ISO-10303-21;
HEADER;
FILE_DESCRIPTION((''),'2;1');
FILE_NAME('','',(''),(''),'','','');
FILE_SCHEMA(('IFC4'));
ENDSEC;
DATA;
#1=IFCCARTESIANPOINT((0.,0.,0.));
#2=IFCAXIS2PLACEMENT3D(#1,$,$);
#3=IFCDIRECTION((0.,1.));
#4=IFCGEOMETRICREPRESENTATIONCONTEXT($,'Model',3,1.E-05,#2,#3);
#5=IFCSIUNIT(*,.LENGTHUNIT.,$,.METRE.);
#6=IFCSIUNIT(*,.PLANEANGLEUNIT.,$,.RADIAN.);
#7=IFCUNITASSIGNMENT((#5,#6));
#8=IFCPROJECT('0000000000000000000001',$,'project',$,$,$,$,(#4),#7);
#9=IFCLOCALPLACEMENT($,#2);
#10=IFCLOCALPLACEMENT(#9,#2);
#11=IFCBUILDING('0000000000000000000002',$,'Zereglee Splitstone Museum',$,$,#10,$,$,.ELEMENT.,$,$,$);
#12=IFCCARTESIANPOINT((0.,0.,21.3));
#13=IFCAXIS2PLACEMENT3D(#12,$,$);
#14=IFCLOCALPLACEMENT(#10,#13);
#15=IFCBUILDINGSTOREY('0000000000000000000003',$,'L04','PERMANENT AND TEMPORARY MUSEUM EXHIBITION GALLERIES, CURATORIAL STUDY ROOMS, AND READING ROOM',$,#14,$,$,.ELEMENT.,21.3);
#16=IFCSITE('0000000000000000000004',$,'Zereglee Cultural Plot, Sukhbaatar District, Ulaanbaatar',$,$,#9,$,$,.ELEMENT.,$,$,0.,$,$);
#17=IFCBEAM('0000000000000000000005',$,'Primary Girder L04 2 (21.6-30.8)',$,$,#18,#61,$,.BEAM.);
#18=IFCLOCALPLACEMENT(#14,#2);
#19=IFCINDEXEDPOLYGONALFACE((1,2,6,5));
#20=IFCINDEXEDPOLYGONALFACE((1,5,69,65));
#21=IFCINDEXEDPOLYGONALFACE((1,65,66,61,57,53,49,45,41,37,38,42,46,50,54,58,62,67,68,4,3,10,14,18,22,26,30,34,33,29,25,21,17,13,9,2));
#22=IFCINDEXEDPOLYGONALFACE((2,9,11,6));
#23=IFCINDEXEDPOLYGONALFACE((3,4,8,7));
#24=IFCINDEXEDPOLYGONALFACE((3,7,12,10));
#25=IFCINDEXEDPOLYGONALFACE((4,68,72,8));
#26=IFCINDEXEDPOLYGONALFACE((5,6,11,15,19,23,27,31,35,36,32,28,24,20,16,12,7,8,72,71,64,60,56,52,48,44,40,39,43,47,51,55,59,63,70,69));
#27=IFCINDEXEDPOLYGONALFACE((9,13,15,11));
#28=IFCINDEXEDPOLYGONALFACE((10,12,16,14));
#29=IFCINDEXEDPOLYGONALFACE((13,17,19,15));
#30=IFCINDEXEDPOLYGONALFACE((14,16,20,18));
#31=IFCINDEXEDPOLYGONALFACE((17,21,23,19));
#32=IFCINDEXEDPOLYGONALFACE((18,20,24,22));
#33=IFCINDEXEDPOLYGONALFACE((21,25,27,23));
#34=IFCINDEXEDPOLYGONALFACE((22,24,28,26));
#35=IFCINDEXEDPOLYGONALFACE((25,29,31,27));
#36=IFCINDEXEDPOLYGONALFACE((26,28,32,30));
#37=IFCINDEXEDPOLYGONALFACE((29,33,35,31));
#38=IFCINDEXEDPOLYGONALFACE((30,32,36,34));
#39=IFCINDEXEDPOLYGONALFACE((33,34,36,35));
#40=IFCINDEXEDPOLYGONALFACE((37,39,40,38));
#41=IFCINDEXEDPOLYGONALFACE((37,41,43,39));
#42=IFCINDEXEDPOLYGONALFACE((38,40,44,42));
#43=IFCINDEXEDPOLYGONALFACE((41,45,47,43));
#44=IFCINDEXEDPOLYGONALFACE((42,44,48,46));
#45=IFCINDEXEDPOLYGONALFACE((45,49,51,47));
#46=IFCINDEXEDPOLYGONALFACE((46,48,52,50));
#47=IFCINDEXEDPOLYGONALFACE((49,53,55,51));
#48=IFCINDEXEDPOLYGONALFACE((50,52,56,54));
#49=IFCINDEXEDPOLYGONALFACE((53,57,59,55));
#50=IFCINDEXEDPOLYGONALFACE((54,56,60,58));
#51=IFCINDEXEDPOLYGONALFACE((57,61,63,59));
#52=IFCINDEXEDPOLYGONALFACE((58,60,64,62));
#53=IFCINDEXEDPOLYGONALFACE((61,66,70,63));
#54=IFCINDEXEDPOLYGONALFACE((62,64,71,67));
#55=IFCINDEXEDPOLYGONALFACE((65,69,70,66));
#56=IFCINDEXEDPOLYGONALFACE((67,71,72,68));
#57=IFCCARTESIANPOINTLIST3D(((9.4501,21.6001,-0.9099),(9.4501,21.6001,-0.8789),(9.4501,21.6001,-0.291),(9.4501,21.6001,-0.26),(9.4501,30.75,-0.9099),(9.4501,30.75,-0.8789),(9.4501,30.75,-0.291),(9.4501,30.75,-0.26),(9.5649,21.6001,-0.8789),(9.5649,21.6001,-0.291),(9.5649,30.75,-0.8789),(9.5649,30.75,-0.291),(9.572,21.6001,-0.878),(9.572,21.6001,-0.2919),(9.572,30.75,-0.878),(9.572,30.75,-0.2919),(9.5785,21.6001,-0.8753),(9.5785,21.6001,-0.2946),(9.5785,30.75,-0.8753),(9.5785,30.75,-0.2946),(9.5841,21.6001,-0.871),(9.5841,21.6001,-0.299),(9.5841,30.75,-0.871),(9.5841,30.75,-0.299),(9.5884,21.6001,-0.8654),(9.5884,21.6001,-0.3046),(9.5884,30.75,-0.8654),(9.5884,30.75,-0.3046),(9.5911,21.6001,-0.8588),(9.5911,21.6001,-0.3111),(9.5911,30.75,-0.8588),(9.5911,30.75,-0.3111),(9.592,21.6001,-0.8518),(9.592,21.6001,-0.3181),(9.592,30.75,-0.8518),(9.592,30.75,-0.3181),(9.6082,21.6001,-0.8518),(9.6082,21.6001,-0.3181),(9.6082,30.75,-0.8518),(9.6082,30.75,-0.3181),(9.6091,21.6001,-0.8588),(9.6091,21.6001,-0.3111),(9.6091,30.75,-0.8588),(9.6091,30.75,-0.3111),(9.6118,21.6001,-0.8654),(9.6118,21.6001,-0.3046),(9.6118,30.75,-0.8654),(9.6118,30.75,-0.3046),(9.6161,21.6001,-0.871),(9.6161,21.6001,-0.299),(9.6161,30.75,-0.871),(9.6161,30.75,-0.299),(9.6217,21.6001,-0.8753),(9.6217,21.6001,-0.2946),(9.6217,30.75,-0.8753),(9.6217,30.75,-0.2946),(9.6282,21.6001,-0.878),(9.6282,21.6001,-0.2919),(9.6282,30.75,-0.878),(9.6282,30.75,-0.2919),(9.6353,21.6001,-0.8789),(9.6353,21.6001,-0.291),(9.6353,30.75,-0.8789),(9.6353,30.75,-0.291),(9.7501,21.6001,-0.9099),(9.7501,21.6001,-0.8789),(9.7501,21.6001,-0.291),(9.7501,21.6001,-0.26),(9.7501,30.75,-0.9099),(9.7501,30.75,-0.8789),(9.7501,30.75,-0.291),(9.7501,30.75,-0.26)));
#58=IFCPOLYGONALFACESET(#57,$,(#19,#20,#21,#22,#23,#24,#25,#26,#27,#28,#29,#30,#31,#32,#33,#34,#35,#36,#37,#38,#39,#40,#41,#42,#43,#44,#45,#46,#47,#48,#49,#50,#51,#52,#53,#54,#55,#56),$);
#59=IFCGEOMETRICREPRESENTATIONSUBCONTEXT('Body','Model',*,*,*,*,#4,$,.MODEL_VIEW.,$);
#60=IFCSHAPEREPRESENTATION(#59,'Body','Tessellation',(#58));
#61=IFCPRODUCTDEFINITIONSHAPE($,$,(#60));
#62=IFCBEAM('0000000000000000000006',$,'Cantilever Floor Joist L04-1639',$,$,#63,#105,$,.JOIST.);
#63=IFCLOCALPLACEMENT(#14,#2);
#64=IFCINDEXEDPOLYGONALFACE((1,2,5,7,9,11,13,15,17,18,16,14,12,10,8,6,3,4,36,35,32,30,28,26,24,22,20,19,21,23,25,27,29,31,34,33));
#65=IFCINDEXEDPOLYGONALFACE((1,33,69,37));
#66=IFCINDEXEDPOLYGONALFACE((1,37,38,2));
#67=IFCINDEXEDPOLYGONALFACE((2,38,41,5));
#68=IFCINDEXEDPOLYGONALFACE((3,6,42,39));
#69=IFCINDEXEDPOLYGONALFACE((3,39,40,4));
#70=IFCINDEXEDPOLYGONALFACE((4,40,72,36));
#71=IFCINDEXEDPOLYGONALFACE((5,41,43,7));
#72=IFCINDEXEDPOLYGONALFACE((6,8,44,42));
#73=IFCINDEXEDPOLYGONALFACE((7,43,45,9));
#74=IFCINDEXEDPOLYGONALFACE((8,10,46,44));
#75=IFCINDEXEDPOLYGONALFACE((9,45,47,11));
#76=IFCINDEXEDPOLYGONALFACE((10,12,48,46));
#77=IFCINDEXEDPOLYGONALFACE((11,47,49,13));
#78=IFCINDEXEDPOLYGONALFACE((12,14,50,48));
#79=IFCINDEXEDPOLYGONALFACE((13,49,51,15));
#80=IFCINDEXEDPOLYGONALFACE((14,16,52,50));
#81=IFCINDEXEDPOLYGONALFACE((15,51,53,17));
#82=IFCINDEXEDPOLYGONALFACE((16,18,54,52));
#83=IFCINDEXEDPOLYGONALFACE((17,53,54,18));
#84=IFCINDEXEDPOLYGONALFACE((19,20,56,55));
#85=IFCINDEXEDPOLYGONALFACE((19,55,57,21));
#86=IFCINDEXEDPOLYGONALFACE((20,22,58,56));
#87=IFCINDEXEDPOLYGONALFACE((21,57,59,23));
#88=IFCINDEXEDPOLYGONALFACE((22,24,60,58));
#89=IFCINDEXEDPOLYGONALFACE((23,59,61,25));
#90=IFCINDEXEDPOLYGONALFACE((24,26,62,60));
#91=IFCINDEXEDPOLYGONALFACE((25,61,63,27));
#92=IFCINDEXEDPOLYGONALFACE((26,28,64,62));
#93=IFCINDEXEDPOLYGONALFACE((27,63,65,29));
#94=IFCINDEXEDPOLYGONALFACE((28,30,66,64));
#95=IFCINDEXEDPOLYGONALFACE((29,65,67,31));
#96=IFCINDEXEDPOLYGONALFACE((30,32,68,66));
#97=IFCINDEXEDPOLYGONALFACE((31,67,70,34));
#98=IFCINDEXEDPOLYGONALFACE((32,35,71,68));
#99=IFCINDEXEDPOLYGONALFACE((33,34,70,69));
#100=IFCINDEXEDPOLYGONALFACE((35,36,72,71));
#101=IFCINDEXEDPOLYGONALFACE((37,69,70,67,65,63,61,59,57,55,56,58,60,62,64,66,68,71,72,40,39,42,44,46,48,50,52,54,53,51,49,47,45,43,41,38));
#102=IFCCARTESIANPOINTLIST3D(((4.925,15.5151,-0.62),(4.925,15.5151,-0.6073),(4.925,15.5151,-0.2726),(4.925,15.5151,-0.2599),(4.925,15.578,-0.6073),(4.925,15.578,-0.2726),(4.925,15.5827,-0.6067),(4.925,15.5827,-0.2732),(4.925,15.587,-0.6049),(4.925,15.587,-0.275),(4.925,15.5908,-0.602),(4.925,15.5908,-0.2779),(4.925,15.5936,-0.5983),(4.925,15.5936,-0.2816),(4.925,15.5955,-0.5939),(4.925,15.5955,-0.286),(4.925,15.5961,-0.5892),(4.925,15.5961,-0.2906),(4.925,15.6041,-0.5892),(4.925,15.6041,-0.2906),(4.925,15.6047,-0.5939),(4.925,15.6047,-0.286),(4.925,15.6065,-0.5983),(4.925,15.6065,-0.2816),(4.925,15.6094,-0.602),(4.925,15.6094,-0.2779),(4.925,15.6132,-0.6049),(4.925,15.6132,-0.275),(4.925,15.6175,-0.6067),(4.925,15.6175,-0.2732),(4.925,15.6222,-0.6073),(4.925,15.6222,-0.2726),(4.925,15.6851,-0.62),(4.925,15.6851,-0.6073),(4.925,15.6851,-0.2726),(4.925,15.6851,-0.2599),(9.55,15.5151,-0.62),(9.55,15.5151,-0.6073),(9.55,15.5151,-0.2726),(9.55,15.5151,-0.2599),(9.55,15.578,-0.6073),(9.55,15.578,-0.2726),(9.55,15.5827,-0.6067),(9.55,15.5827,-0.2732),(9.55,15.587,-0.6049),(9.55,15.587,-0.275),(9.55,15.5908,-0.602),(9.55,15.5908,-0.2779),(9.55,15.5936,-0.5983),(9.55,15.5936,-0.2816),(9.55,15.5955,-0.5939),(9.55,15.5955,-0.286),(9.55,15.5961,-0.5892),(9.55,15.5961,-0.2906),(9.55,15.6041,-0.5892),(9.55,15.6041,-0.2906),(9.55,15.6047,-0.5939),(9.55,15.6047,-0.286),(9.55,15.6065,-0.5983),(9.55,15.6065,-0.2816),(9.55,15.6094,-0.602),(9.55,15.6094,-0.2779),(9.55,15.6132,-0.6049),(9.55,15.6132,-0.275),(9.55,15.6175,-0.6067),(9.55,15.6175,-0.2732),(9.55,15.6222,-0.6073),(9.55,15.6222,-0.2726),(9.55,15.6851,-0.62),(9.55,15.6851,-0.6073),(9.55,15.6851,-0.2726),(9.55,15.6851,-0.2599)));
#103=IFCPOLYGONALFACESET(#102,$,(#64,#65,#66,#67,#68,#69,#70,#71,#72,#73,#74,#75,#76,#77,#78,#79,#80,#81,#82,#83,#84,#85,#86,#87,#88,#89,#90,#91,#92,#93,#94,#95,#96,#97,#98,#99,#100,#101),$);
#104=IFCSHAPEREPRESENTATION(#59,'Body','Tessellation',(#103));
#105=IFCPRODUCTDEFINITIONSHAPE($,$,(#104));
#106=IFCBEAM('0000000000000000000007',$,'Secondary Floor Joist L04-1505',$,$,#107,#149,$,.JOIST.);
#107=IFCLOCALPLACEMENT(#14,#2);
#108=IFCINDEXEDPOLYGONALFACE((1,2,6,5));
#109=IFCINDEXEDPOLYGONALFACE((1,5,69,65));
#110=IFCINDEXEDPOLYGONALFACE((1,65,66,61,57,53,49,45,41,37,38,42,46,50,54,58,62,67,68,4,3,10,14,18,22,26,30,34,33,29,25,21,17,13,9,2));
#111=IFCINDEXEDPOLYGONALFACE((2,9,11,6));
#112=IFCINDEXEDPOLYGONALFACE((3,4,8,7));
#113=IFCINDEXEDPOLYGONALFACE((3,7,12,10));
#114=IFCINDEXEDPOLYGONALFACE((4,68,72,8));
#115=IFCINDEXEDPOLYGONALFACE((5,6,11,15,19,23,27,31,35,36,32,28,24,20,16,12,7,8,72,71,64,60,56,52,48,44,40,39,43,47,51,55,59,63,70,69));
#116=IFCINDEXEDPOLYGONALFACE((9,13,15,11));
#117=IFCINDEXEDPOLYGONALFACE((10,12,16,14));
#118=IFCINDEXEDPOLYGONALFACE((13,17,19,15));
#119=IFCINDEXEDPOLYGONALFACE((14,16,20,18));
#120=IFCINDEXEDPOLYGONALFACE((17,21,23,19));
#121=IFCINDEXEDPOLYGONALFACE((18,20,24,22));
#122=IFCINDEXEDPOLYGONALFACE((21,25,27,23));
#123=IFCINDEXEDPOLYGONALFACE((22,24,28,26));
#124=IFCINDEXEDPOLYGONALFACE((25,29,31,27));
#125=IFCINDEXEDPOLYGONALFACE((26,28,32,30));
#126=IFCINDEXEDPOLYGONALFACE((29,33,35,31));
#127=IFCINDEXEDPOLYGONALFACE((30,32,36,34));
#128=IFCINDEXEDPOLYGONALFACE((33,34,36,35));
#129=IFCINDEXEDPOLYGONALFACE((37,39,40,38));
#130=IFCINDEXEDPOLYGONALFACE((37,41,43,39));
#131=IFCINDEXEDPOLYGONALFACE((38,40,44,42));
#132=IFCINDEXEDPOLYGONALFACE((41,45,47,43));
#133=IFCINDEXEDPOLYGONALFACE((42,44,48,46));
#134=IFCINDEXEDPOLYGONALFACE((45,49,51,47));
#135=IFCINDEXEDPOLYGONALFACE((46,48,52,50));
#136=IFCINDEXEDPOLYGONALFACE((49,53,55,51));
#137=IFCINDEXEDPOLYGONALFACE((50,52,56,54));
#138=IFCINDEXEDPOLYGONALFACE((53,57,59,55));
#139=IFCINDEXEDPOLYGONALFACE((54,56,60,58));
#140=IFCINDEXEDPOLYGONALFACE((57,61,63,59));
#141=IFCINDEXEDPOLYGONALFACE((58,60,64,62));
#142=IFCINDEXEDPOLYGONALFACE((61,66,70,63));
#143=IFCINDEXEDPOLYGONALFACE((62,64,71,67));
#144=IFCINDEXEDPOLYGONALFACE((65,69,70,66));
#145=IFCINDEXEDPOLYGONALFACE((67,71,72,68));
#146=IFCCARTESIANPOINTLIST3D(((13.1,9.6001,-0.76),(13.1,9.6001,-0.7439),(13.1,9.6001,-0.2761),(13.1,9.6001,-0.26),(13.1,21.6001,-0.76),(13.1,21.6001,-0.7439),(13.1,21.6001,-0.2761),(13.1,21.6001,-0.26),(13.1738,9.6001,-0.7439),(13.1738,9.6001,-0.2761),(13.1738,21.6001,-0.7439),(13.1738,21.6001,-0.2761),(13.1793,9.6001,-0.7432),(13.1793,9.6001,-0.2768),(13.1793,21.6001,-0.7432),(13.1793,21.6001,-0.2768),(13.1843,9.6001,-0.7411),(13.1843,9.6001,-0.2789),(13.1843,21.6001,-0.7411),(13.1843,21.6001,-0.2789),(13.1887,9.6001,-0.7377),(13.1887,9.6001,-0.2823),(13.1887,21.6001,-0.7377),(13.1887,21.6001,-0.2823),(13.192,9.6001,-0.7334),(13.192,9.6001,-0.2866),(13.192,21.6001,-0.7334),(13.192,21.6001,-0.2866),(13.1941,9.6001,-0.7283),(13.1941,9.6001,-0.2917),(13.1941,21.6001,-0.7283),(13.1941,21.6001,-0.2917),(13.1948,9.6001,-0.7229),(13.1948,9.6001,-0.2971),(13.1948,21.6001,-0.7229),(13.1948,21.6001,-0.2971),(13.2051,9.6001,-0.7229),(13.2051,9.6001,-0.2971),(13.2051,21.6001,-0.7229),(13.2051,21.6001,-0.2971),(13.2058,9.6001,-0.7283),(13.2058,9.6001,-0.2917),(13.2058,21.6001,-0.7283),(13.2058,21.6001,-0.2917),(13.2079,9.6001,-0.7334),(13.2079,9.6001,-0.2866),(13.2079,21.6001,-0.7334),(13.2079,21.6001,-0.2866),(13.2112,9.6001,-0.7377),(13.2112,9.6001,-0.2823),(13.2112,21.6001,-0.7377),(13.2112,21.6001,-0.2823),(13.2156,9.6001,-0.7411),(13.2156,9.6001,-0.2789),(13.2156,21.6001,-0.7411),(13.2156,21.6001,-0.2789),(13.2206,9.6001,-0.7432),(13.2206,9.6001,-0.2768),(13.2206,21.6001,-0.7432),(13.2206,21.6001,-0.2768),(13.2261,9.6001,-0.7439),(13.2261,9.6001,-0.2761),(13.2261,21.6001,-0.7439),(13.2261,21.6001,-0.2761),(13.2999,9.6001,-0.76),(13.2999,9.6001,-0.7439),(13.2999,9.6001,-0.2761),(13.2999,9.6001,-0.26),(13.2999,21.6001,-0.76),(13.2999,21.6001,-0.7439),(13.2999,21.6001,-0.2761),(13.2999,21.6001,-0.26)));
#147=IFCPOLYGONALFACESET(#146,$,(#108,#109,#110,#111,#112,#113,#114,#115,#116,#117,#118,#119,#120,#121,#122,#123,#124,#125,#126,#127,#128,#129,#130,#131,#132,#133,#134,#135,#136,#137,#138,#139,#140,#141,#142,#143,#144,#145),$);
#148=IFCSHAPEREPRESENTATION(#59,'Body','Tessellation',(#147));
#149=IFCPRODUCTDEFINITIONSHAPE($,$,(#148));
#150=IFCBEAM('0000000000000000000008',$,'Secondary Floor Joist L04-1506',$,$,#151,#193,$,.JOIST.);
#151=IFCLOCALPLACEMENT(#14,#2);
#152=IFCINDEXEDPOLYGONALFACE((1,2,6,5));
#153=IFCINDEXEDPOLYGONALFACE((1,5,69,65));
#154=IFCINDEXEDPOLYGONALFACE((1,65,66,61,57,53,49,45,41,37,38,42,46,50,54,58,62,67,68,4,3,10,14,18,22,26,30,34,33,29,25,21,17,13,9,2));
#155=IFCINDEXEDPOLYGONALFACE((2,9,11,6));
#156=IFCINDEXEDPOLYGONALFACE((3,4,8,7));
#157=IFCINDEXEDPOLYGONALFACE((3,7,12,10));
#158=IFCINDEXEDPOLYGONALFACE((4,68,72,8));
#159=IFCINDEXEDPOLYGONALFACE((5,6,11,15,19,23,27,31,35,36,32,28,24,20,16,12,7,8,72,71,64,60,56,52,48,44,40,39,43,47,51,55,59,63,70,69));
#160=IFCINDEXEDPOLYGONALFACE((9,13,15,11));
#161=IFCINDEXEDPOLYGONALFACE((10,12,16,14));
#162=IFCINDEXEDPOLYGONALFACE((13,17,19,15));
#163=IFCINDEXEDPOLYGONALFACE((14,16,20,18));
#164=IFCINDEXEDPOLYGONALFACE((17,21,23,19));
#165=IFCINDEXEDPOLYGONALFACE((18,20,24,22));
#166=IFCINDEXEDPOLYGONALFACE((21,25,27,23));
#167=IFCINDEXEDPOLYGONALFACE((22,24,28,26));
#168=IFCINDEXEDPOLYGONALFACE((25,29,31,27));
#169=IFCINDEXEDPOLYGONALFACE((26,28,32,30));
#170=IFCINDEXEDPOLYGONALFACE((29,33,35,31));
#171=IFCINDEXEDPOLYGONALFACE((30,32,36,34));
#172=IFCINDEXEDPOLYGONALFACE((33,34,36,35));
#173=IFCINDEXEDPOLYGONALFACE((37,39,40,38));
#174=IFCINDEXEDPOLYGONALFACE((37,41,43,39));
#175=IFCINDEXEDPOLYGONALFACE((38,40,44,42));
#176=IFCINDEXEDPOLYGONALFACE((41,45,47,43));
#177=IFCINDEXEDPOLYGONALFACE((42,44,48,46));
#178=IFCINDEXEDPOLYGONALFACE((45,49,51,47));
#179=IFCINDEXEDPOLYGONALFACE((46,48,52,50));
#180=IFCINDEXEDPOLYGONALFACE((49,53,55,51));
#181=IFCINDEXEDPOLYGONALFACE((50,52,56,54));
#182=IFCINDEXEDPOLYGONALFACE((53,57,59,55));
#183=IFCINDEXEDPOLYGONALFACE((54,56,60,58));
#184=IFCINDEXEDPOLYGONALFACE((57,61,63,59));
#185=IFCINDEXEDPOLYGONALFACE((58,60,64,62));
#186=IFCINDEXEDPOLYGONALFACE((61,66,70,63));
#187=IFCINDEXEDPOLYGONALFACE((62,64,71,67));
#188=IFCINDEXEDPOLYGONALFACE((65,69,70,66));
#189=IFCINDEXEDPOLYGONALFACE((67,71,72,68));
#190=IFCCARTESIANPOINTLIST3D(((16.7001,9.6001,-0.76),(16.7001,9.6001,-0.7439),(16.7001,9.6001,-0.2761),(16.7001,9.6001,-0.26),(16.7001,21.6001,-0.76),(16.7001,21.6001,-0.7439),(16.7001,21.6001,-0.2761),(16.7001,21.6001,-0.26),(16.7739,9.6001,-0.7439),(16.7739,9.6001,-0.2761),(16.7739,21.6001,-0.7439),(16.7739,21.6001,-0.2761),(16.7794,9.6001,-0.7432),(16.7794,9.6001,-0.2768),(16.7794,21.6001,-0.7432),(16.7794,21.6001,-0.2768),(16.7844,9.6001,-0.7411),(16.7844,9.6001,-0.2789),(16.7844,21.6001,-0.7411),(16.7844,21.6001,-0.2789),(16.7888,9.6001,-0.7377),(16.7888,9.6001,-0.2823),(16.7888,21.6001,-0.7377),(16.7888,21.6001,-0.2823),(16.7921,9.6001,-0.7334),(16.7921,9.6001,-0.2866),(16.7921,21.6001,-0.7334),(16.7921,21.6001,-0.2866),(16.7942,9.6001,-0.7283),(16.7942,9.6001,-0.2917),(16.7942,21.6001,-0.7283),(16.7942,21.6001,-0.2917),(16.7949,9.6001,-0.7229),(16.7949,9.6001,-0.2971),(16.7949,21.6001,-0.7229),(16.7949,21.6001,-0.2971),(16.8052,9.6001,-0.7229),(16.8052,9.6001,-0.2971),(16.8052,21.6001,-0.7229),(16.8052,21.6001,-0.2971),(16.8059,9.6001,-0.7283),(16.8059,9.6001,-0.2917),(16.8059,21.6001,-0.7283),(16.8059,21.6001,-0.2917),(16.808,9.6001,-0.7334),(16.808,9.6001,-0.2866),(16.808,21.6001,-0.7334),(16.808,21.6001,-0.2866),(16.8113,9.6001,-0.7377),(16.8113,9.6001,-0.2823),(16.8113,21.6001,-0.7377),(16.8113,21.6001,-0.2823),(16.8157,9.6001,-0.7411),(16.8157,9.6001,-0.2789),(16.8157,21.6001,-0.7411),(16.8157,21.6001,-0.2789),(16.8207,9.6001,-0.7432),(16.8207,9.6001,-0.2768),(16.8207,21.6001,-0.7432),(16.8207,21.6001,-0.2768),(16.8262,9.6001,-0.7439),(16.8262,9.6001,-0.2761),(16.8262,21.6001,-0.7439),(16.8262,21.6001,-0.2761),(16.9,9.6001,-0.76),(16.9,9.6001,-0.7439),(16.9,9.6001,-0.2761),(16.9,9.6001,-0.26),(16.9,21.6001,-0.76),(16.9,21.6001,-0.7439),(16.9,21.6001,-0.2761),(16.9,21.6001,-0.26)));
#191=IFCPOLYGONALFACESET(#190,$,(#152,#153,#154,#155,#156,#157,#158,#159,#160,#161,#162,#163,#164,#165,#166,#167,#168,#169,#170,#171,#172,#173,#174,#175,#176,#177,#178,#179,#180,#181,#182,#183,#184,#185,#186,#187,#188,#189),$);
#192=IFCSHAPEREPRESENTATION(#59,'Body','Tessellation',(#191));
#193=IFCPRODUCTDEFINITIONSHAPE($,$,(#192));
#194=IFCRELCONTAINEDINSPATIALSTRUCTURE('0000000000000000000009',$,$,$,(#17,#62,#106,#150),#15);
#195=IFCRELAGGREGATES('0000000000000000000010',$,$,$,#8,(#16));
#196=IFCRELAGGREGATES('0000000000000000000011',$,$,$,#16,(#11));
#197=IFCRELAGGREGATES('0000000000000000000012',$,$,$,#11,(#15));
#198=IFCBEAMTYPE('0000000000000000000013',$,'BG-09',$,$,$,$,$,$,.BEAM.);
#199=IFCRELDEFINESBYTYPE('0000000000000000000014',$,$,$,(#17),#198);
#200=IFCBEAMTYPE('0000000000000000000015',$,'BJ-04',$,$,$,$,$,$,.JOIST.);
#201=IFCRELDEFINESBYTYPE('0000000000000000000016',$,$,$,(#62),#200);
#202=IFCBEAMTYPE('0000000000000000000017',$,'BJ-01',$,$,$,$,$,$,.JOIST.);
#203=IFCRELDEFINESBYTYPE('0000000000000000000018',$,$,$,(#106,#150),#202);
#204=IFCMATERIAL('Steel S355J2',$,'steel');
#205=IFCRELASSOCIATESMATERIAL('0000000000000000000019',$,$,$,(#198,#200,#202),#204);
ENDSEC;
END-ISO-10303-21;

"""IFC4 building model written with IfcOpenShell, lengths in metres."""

from ifc_helpers import new_model, si_unit, direction, frame, origin, origin_2d, place, context, subcontext, project, spatial, i_section, extrude, material, material_profile, profile_set, type_object, element, save


model = new_model("IFC4")

# Units and contexts
model_context = context("Model", 3, precision=1e-05, world=origin(), true_north=direction((0.0, 1.0)))
body_context = subcontext(model_context, "Body", "Model", "MODEL_VIEW")
ifc_project = project(units=[si_unit("LENGTHUNIT", "METRE"), si_unit("PLANEANGLEUNIT", "RADIAN")], contexts=[model_context])

# Site, building, storey
site_placement = place(None, origin())
site = spatial("IfcSite", under=ifc_project, at=site_placement, Name="Zereglee Cultural Plot, Sukhbaatar District, Ulaanbaatar", CompositionType="ELEMENT", RefElevation=0.0)
building_placement = place(site_placement, origin())
building = spatial("IfcBuilding", under=site, at=building_placement, Name="Zereglee Splitstone Museum", CompositionType="ELEMENT")
storey_placement = place(building_placement, frame((0.0, 0.0, 21.3)))
storey = spatial("IfcBuildingStorey", under=building, at=storey_placement, Name="L04", Description="PERMANENT AND TEMPORARY MUSEUM EXHIBITION GALLERIES, CURATORIAL STUDY ROOMS, AND READING ROOM", CompositionType="ELEMENT", Elevation=21.3)

# Beams
ifc_material_1 = material(Name="Steel S355J2", Category="steel")
ifc_material_profile_1 = material_profile(ifc_material_1, i_section(OverallWidth=0.3, OverallDepth=0.6499, WebThickness=0.0161, FlangeThickness=0.031, FilletRadius=0.0271, at=origin_2d()), Name="HE 650 B")
ifc_profile_set_1 = profile_set([ifc_material_profile_1], Name="Steel S355J2")
beam_type_1 = type_object("IfcBeamType", Name="BG-09", PredefinedType="BEAM", material=ifc_profile_set_1)
beam_1_placement = place(storey_placement, frame((9.6001, 21.6001, -0.585), z_axis=(0.0, 1.0, 0.0), x_axis=(-1.0, 0.0, 0.0)))
element("IfcBeam", 1, at=beam_1_placement, inside=storey, type_object=beam_type_1, Name="Primary Girder L04 2 (21.6-30.8)", PredefinedType="BEAM", context=body_context, shape_type="SweptSolid", body=[
    extrude(i_section(OverallWidth=0.3, OverallDepth=0.6499, WebThickness=0.0161, FlangeThickness=0.031, FilletRadius=0.0271, at=origin_2d()), origin(), (0.0, 0.0, 1.0), 9.1499),
])
ifc_material_profile_2 = material_profile(ifc_material_1, i_section(OverallWidth=0.1699, OverallDepth=0.3601, WebThickness=0.0081, FlangeThickness=0.0127, FilletRadius=0.0181, at=origin_2d()), Name="IPE 360")
ifc_profile_set_2 = profile_set([ifc_material_profile_2], Name="Steel S355J2")
beam_type_2 = type_object("IfcBeamType", Name="BJ-04", PredefinedType="JOIST", material=ifc_profile_set_2)
beam_2_placement = place(storey_placement, frame((4.925, 15.6001, -0.4399), z_axis=(1.0, 0.0, 0.0), x_axis=(0.0, 1.0, 0.0)))
element("IfcBeam", 2, at=beam_2_placement, inside=storey, type_object=beam_type_2, Name="Cantilever Floor Joist L04-1639", PredefinedType="JOIST", context=body_context, shape_type="SweptSolid", body=[
    extrude(i_section(OverallWidth=0.1699, OverallDepth=0.3601, WebThickness=0.0081, FlangeThickness=0.0127, FilletRadius=0.0181, at=origin_2d()), origin(), (0.0, 0.0, 1.0), 4.625),
])
ifc_material_profile_3 = material_profile(ifc_material_1, i_section(OverallWidth=0.2, OverallDepth=0.5, WebThickness=0.0103, FlangeThickness=0.0161, FilletRadius=0.021, at=origin_2d()), Name="IPE 500")
ifc_profile_set_3 = profile_set([ifc_material_profile_3], Name="Steel S355J2")
beam_type_3 = type_object("IfcBeamType", Name="BJ-01", PredefinedType="JOIST", material=ifc_profile_set_3)
for number, where, z_axis, x_axis, name in (
    (3, (13.2, 9.6001, -0.51), (0.0, 1.0, 0.0), (-1.0, 0.0, 0.0), "Secondary Floor Joist L04-1505"),
    (4, (16.8, 9.6001, -0.51), (0.0, 1.0, 0.0), (-1.0, 0.0, 0.0), "Secondary Floor Joist L04-1506"),
):
    element("IfcBeam", number, at=place(storey_placement, frame(where, z_axis=z_axis, x_axis=x_axis)), inside=storey, type_object=beam_type_3, Name=name, PredefinedType="JOIST", context=body_context, shape_type="SweptSolid", body=[
        extrude(i_section(OverallWidth=0.2, OverallDepth=0.5, WebThickness=0.0103, FlangeThickness=0.0161, FilletRadius=0.021, at=origin_2d()), origin(), (0.0, 0.0, 1.0), 12.0),
    ])

save(model, "model.ifc")
